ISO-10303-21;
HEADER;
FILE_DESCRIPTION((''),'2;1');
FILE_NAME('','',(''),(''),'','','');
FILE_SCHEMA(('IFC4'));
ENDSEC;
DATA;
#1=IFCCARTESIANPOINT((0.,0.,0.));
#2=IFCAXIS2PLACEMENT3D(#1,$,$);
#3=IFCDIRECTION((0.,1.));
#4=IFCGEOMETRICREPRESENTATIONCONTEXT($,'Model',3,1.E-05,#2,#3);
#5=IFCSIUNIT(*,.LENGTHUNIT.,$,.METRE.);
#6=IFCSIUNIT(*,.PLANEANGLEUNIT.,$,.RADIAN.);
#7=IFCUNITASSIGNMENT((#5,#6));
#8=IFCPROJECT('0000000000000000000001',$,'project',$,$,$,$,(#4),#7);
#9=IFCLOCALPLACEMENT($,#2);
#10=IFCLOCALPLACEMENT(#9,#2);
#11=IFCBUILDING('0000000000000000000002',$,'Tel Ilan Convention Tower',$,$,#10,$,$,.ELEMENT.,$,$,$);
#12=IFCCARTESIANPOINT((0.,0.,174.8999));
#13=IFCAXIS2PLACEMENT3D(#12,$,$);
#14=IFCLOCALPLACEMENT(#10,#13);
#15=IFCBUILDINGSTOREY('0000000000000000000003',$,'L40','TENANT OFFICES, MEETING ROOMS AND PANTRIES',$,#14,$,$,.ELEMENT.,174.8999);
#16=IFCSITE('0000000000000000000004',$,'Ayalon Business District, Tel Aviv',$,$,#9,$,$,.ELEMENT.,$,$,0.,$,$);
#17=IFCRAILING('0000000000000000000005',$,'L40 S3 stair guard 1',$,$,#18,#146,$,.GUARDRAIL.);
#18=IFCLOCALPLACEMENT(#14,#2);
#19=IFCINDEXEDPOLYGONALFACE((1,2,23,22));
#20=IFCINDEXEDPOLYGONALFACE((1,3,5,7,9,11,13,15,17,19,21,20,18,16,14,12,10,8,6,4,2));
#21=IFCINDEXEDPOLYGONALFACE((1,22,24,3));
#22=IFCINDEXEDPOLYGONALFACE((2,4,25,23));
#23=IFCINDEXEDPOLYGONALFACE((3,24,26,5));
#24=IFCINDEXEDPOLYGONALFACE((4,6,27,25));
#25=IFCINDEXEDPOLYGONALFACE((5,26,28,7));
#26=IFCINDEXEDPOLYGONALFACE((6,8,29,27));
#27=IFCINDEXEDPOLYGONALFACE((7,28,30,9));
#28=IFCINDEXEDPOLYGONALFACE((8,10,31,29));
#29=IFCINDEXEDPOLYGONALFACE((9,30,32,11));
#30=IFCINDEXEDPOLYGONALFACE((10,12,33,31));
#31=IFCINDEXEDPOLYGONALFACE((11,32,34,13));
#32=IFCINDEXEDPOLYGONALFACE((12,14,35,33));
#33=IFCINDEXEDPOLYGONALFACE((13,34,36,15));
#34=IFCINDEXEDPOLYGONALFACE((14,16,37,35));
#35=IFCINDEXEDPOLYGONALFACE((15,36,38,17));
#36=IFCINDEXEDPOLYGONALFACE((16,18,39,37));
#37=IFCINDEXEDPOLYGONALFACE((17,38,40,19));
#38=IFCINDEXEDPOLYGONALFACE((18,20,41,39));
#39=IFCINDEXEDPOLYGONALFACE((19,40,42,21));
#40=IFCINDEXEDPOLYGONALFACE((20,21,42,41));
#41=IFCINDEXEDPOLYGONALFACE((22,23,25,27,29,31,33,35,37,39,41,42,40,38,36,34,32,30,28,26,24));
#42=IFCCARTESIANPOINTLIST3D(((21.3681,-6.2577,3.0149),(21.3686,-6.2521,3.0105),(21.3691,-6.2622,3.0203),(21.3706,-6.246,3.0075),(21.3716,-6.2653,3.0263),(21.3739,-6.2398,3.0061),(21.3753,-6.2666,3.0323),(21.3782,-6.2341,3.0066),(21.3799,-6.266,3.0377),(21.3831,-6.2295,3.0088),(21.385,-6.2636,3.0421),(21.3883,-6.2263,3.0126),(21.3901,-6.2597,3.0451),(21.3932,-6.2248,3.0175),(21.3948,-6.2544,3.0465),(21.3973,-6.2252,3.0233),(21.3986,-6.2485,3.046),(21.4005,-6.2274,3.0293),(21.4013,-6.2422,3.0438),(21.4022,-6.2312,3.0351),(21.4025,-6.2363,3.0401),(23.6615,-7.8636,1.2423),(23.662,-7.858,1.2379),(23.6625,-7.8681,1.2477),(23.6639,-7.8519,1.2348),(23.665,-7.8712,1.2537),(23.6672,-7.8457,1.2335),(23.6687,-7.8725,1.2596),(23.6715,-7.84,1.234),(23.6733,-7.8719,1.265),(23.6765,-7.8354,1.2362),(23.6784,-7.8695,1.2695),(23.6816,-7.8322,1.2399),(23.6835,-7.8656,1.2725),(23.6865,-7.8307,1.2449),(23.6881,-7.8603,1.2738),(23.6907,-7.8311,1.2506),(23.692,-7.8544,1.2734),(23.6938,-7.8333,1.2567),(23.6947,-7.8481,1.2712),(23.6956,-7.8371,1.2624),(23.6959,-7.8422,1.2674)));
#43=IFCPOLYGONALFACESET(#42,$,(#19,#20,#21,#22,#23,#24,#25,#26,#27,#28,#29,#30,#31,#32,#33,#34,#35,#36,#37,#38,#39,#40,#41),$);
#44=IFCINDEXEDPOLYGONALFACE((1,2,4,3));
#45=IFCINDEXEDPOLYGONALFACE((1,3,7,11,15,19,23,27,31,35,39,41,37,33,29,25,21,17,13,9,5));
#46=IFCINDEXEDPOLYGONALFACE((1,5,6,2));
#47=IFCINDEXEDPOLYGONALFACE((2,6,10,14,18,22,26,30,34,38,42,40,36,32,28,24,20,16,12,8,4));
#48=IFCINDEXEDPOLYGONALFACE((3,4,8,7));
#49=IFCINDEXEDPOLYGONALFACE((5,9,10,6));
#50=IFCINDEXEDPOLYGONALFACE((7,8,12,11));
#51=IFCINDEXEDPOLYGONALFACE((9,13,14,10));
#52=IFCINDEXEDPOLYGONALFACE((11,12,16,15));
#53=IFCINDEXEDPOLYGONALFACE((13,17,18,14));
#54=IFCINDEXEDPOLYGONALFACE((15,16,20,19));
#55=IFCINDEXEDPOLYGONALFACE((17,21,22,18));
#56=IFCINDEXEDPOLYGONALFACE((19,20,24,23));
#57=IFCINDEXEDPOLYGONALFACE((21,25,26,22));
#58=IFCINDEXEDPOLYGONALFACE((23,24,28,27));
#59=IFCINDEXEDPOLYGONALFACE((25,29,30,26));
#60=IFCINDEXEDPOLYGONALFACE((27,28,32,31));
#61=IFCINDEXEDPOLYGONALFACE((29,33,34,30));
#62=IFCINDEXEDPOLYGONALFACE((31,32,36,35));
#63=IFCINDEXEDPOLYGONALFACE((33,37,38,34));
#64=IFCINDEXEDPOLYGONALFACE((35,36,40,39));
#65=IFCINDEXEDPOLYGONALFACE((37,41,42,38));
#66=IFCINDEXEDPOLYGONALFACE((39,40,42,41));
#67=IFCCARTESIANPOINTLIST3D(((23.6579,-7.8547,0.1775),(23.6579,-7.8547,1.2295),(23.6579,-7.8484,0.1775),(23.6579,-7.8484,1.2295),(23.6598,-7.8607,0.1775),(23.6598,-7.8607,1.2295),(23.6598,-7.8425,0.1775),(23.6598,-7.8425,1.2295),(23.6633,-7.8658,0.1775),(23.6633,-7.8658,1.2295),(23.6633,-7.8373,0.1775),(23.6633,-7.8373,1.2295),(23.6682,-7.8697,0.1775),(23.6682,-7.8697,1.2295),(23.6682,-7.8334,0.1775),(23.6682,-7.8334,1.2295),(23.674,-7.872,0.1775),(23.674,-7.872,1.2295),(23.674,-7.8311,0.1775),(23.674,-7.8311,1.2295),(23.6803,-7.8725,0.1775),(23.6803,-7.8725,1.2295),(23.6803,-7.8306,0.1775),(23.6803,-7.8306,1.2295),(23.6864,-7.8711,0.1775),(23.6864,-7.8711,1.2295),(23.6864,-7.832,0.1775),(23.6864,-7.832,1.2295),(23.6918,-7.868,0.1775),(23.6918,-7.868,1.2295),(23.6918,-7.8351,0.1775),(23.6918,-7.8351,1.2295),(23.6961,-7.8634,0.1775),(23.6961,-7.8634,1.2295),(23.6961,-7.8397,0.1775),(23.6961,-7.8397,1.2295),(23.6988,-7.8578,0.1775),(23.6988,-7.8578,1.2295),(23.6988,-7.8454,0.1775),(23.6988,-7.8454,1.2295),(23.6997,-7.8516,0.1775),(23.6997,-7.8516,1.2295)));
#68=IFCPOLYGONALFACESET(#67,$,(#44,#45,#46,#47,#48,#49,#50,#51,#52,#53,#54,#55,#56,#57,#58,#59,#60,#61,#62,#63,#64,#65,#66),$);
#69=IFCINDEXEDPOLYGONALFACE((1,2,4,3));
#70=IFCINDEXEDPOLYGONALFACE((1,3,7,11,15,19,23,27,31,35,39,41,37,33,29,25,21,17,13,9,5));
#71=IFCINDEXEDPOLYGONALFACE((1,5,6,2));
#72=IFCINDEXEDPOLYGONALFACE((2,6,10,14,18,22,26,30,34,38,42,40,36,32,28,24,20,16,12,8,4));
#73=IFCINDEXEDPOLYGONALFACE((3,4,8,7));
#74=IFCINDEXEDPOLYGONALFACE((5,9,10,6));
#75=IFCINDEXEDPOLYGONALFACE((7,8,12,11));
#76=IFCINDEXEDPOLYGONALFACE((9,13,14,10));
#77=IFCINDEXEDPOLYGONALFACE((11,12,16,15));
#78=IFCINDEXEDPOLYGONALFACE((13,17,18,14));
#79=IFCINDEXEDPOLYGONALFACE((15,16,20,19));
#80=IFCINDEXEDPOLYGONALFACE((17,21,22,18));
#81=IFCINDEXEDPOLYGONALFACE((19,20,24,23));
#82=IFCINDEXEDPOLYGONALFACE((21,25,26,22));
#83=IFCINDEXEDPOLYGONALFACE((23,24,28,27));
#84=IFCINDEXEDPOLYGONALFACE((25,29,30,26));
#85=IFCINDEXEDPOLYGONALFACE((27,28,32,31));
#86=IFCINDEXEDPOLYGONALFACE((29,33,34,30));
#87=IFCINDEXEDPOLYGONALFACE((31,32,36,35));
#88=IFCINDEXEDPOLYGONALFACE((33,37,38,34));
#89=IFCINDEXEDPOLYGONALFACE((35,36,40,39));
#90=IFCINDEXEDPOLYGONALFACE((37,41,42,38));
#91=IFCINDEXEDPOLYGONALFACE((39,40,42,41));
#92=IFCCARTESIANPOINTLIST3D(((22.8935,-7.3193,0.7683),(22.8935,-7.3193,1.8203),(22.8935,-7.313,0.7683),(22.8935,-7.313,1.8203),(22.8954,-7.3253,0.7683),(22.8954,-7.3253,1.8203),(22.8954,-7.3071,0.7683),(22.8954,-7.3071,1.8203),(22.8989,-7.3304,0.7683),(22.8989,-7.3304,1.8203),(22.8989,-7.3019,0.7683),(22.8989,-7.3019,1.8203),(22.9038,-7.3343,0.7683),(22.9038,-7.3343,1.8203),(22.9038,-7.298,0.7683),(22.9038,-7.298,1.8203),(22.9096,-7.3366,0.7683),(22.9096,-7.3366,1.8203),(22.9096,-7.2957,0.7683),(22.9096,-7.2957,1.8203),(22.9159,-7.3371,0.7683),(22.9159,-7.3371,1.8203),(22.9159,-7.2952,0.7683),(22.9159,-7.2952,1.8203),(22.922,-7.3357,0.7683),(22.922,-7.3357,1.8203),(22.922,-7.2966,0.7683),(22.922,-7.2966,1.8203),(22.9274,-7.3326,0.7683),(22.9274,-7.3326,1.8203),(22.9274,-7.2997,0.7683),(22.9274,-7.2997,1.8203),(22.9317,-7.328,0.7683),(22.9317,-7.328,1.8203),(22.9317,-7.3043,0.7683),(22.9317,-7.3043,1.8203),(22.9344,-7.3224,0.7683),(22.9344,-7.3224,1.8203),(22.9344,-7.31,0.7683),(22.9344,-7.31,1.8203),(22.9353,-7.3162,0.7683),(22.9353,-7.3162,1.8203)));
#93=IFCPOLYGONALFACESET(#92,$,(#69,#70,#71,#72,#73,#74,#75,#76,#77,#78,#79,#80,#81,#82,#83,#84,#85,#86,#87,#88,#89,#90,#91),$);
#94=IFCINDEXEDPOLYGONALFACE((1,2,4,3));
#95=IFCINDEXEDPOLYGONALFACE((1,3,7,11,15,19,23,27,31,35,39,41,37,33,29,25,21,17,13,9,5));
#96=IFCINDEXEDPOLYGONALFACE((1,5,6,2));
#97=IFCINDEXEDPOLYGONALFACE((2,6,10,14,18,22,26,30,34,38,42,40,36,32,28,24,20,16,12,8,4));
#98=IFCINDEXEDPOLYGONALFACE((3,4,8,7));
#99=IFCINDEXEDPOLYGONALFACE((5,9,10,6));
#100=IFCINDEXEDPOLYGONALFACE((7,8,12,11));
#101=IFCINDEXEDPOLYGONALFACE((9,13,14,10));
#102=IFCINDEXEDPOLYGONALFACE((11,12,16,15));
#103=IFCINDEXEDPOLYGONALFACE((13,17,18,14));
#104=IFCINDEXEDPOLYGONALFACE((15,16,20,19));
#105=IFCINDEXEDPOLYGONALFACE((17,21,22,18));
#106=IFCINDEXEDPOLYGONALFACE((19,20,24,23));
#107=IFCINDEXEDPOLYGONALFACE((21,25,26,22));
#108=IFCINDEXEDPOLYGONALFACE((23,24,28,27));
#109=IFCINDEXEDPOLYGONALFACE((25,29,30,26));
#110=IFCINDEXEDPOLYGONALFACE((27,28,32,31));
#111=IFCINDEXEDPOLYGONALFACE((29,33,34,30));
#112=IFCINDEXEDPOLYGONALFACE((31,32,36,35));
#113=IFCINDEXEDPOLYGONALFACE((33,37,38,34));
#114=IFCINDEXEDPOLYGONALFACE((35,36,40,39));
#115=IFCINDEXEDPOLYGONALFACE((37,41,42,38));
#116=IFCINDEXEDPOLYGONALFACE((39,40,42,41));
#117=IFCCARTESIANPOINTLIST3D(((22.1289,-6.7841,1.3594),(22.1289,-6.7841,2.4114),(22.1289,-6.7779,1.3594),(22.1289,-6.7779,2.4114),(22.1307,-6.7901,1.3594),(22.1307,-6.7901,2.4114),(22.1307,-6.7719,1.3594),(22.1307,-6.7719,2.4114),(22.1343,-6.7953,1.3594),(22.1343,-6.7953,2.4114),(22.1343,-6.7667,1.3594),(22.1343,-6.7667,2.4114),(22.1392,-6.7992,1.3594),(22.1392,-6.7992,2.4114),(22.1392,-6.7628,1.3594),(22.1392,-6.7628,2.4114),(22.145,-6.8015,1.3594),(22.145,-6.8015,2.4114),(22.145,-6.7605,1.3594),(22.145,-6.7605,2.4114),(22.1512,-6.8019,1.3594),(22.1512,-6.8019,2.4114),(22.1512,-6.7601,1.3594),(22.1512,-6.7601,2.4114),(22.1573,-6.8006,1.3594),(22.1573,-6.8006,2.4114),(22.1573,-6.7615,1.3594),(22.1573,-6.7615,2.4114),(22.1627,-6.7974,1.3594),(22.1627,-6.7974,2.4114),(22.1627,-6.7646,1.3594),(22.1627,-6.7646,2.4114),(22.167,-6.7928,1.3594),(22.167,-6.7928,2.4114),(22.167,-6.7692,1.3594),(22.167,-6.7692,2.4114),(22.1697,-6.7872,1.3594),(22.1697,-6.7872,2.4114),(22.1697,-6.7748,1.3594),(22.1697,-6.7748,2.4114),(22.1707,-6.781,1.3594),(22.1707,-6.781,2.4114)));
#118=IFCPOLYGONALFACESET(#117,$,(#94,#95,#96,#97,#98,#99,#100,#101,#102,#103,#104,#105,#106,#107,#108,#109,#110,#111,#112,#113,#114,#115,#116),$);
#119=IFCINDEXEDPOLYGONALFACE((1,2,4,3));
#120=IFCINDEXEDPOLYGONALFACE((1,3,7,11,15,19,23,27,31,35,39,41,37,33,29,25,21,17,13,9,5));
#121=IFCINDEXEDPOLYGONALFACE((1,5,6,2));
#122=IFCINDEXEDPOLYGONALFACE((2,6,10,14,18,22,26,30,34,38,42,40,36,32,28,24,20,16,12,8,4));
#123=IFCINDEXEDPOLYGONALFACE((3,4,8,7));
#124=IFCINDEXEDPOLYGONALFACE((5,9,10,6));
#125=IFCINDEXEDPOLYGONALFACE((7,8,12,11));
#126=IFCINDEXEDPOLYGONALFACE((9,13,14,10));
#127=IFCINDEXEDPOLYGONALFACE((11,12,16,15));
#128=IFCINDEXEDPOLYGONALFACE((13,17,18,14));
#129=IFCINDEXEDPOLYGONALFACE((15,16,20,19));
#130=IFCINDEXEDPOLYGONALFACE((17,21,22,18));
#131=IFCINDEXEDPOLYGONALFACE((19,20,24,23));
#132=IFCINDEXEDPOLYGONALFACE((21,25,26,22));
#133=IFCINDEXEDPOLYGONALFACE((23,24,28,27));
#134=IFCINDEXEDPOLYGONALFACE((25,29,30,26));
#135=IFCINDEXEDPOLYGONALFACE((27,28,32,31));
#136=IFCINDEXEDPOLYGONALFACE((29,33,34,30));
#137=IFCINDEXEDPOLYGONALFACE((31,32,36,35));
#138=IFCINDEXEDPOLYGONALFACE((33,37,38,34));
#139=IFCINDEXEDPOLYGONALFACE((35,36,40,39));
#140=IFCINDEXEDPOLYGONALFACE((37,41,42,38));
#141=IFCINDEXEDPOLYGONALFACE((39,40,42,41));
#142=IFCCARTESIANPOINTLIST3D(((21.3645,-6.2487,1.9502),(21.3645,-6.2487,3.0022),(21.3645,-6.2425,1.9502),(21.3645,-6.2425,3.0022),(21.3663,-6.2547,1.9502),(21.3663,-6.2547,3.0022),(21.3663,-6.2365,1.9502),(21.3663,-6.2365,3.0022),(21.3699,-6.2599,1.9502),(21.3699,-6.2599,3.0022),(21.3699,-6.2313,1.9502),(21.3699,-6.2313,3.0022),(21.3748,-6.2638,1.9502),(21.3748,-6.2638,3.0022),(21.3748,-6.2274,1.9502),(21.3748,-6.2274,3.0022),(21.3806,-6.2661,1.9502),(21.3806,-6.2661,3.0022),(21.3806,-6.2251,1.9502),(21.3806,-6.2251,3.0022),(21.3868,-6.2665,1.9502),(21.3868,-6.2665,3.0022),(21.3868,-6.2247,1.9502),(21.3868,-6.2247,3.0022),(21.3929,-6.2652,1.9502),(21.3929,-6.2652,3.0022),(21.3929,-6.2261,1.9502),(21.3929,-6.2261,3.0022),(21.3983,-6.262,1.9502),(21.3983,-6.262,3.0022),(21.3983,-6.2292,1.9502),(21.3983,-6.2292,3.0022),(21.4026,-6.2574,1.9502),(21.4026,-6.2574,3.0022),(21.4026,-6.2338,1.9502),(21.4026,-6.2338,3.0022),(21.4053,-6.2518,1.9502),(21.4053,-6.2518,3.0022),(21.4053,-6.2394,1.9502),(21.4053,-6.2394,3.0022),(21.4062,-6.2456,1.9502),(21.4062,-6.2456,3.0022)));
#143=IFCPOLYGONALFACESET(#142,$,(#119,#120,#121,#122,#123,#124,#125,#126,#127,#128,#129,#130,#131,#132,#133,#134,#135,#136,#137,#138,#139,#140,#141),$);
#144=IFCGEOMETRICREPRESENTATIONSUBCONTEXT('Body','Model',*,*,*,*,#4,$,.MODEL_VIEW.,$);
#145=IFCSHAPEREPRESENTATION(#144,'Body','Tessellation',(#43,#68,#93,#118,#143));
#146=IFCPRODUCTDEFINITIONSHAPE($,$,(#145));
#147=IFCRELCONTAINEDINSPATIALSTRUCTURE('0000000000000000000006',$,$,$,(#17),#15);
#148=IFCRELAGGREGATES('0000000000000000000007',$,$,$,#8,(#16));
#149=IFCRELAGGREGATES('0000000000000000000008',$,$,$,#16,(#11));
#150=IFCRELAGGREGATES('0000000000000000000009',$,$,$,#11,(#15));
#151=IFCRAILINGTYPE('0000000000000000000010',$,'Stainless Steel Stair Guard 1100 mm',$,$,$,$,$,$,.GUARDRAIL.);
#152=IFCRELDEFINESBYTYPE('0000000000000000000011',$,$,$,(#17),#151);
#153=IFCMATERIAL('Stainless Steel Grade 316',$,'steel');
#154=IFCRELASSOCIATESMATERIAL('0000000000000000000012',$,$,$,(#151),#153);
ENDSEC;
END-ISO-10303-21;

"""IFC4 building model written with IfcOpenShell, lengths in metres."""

from ifc_helpers import new_model, si_unit, direction, frame, origin, origin_2d, place, context, subcontext, project, spatial, circle, extrude, material, type_object, element, save


model = new_model("IFC4")

# Units and contexts
model_context = context("Model", 3, precision=1e-05, world=origin(), true_north=direction((0.0, 1.0)))
body_context = subcontext(model_context, "Body", "Model", "MODEL_VIEW")
ifc_project = project(units=[si_unit("LENGTHUNIT", "METRE"), si_unit("PLANEANGLEUNIT", "RADIAN")], contexts=[model_context])

# Site, building, storey
site_placement = place(None, origin())
site = spatial("IfcSite", under=ifc_project, at=site_placement, Name="Ayalon Business District, Tel Aviv", CompositionType="ELEMENT", RefElevation=0.0)
building_placement = place(site_placement, origin())
building = spatial("IfcBuilding", under=site, at=building_placement, Name="Tel Ilan Convention Tower", CompositionType="ELEMENT")
storey_placement = place(building_placement, frame((0.0, 0.0, 174.8999)))
storey = spatial("IfcBuildingStorey", under=building, at=storey_placement, Name="L40", Description="TENANT OFFICES, MEETING ROOMS AND PANTRIES", CompositionType="ELEMENT", Elevation=174.8999)

# Railing
ifc_material_1 = material(Name="Stainless Steel Grade 316", Category="steel")
railing_type_1 = type_object("IfcRailingType", Name="Stainless Steel Stair Guard 1100 mm", PredefinedType="GUARDRAIL", material=ifc_material_1)
railing_1_placement = place(storey_placement, frame((23.6787, -7.8516, 0.1775)))
element("IfcRailing", 1, at=railing_1_placement, inside=storey, type_object=railing_type_1, Name="L40 S3 stair guard 1", PredefinedType="GUARDRAIL", context=body_context, shape_type="SweptSolid", body=[
    extrude(circle(Radius=0.0239, at=origin_2d()), frame((0.0, 0.0, 1.0762), z_axis=(-0.692085, 0.484621, 0.53494), x_axis=(-0.573591, -0.819142, 0.0)), (0.0, 0.0, 1.0), 3.3137),
    extrude(circle(Radius=0.021, at=origin_2d()), origin(), (0.0, 0.0, 1.0), 1.052),
    extrude(circle(Radius=0.021, at=origin_2d()), frame((-0.7644, 0.5354, 0.5908)), (0.0, 0.0, 1.0), 1.052),
    extrude(circle(Radius=0.021, at=origin_2d()), frame((-1.5291, 1.0706, 1.1819)), (0.0, 0.0, 1.0), 1.052),
    extrude(circle(Radius=0.021, at=origin_2d()), frame((-2.2935, 1.606, 1.7727)), (0.0, 0.0, 1.0), 1.052),
])

save(model, "model.ifc")
